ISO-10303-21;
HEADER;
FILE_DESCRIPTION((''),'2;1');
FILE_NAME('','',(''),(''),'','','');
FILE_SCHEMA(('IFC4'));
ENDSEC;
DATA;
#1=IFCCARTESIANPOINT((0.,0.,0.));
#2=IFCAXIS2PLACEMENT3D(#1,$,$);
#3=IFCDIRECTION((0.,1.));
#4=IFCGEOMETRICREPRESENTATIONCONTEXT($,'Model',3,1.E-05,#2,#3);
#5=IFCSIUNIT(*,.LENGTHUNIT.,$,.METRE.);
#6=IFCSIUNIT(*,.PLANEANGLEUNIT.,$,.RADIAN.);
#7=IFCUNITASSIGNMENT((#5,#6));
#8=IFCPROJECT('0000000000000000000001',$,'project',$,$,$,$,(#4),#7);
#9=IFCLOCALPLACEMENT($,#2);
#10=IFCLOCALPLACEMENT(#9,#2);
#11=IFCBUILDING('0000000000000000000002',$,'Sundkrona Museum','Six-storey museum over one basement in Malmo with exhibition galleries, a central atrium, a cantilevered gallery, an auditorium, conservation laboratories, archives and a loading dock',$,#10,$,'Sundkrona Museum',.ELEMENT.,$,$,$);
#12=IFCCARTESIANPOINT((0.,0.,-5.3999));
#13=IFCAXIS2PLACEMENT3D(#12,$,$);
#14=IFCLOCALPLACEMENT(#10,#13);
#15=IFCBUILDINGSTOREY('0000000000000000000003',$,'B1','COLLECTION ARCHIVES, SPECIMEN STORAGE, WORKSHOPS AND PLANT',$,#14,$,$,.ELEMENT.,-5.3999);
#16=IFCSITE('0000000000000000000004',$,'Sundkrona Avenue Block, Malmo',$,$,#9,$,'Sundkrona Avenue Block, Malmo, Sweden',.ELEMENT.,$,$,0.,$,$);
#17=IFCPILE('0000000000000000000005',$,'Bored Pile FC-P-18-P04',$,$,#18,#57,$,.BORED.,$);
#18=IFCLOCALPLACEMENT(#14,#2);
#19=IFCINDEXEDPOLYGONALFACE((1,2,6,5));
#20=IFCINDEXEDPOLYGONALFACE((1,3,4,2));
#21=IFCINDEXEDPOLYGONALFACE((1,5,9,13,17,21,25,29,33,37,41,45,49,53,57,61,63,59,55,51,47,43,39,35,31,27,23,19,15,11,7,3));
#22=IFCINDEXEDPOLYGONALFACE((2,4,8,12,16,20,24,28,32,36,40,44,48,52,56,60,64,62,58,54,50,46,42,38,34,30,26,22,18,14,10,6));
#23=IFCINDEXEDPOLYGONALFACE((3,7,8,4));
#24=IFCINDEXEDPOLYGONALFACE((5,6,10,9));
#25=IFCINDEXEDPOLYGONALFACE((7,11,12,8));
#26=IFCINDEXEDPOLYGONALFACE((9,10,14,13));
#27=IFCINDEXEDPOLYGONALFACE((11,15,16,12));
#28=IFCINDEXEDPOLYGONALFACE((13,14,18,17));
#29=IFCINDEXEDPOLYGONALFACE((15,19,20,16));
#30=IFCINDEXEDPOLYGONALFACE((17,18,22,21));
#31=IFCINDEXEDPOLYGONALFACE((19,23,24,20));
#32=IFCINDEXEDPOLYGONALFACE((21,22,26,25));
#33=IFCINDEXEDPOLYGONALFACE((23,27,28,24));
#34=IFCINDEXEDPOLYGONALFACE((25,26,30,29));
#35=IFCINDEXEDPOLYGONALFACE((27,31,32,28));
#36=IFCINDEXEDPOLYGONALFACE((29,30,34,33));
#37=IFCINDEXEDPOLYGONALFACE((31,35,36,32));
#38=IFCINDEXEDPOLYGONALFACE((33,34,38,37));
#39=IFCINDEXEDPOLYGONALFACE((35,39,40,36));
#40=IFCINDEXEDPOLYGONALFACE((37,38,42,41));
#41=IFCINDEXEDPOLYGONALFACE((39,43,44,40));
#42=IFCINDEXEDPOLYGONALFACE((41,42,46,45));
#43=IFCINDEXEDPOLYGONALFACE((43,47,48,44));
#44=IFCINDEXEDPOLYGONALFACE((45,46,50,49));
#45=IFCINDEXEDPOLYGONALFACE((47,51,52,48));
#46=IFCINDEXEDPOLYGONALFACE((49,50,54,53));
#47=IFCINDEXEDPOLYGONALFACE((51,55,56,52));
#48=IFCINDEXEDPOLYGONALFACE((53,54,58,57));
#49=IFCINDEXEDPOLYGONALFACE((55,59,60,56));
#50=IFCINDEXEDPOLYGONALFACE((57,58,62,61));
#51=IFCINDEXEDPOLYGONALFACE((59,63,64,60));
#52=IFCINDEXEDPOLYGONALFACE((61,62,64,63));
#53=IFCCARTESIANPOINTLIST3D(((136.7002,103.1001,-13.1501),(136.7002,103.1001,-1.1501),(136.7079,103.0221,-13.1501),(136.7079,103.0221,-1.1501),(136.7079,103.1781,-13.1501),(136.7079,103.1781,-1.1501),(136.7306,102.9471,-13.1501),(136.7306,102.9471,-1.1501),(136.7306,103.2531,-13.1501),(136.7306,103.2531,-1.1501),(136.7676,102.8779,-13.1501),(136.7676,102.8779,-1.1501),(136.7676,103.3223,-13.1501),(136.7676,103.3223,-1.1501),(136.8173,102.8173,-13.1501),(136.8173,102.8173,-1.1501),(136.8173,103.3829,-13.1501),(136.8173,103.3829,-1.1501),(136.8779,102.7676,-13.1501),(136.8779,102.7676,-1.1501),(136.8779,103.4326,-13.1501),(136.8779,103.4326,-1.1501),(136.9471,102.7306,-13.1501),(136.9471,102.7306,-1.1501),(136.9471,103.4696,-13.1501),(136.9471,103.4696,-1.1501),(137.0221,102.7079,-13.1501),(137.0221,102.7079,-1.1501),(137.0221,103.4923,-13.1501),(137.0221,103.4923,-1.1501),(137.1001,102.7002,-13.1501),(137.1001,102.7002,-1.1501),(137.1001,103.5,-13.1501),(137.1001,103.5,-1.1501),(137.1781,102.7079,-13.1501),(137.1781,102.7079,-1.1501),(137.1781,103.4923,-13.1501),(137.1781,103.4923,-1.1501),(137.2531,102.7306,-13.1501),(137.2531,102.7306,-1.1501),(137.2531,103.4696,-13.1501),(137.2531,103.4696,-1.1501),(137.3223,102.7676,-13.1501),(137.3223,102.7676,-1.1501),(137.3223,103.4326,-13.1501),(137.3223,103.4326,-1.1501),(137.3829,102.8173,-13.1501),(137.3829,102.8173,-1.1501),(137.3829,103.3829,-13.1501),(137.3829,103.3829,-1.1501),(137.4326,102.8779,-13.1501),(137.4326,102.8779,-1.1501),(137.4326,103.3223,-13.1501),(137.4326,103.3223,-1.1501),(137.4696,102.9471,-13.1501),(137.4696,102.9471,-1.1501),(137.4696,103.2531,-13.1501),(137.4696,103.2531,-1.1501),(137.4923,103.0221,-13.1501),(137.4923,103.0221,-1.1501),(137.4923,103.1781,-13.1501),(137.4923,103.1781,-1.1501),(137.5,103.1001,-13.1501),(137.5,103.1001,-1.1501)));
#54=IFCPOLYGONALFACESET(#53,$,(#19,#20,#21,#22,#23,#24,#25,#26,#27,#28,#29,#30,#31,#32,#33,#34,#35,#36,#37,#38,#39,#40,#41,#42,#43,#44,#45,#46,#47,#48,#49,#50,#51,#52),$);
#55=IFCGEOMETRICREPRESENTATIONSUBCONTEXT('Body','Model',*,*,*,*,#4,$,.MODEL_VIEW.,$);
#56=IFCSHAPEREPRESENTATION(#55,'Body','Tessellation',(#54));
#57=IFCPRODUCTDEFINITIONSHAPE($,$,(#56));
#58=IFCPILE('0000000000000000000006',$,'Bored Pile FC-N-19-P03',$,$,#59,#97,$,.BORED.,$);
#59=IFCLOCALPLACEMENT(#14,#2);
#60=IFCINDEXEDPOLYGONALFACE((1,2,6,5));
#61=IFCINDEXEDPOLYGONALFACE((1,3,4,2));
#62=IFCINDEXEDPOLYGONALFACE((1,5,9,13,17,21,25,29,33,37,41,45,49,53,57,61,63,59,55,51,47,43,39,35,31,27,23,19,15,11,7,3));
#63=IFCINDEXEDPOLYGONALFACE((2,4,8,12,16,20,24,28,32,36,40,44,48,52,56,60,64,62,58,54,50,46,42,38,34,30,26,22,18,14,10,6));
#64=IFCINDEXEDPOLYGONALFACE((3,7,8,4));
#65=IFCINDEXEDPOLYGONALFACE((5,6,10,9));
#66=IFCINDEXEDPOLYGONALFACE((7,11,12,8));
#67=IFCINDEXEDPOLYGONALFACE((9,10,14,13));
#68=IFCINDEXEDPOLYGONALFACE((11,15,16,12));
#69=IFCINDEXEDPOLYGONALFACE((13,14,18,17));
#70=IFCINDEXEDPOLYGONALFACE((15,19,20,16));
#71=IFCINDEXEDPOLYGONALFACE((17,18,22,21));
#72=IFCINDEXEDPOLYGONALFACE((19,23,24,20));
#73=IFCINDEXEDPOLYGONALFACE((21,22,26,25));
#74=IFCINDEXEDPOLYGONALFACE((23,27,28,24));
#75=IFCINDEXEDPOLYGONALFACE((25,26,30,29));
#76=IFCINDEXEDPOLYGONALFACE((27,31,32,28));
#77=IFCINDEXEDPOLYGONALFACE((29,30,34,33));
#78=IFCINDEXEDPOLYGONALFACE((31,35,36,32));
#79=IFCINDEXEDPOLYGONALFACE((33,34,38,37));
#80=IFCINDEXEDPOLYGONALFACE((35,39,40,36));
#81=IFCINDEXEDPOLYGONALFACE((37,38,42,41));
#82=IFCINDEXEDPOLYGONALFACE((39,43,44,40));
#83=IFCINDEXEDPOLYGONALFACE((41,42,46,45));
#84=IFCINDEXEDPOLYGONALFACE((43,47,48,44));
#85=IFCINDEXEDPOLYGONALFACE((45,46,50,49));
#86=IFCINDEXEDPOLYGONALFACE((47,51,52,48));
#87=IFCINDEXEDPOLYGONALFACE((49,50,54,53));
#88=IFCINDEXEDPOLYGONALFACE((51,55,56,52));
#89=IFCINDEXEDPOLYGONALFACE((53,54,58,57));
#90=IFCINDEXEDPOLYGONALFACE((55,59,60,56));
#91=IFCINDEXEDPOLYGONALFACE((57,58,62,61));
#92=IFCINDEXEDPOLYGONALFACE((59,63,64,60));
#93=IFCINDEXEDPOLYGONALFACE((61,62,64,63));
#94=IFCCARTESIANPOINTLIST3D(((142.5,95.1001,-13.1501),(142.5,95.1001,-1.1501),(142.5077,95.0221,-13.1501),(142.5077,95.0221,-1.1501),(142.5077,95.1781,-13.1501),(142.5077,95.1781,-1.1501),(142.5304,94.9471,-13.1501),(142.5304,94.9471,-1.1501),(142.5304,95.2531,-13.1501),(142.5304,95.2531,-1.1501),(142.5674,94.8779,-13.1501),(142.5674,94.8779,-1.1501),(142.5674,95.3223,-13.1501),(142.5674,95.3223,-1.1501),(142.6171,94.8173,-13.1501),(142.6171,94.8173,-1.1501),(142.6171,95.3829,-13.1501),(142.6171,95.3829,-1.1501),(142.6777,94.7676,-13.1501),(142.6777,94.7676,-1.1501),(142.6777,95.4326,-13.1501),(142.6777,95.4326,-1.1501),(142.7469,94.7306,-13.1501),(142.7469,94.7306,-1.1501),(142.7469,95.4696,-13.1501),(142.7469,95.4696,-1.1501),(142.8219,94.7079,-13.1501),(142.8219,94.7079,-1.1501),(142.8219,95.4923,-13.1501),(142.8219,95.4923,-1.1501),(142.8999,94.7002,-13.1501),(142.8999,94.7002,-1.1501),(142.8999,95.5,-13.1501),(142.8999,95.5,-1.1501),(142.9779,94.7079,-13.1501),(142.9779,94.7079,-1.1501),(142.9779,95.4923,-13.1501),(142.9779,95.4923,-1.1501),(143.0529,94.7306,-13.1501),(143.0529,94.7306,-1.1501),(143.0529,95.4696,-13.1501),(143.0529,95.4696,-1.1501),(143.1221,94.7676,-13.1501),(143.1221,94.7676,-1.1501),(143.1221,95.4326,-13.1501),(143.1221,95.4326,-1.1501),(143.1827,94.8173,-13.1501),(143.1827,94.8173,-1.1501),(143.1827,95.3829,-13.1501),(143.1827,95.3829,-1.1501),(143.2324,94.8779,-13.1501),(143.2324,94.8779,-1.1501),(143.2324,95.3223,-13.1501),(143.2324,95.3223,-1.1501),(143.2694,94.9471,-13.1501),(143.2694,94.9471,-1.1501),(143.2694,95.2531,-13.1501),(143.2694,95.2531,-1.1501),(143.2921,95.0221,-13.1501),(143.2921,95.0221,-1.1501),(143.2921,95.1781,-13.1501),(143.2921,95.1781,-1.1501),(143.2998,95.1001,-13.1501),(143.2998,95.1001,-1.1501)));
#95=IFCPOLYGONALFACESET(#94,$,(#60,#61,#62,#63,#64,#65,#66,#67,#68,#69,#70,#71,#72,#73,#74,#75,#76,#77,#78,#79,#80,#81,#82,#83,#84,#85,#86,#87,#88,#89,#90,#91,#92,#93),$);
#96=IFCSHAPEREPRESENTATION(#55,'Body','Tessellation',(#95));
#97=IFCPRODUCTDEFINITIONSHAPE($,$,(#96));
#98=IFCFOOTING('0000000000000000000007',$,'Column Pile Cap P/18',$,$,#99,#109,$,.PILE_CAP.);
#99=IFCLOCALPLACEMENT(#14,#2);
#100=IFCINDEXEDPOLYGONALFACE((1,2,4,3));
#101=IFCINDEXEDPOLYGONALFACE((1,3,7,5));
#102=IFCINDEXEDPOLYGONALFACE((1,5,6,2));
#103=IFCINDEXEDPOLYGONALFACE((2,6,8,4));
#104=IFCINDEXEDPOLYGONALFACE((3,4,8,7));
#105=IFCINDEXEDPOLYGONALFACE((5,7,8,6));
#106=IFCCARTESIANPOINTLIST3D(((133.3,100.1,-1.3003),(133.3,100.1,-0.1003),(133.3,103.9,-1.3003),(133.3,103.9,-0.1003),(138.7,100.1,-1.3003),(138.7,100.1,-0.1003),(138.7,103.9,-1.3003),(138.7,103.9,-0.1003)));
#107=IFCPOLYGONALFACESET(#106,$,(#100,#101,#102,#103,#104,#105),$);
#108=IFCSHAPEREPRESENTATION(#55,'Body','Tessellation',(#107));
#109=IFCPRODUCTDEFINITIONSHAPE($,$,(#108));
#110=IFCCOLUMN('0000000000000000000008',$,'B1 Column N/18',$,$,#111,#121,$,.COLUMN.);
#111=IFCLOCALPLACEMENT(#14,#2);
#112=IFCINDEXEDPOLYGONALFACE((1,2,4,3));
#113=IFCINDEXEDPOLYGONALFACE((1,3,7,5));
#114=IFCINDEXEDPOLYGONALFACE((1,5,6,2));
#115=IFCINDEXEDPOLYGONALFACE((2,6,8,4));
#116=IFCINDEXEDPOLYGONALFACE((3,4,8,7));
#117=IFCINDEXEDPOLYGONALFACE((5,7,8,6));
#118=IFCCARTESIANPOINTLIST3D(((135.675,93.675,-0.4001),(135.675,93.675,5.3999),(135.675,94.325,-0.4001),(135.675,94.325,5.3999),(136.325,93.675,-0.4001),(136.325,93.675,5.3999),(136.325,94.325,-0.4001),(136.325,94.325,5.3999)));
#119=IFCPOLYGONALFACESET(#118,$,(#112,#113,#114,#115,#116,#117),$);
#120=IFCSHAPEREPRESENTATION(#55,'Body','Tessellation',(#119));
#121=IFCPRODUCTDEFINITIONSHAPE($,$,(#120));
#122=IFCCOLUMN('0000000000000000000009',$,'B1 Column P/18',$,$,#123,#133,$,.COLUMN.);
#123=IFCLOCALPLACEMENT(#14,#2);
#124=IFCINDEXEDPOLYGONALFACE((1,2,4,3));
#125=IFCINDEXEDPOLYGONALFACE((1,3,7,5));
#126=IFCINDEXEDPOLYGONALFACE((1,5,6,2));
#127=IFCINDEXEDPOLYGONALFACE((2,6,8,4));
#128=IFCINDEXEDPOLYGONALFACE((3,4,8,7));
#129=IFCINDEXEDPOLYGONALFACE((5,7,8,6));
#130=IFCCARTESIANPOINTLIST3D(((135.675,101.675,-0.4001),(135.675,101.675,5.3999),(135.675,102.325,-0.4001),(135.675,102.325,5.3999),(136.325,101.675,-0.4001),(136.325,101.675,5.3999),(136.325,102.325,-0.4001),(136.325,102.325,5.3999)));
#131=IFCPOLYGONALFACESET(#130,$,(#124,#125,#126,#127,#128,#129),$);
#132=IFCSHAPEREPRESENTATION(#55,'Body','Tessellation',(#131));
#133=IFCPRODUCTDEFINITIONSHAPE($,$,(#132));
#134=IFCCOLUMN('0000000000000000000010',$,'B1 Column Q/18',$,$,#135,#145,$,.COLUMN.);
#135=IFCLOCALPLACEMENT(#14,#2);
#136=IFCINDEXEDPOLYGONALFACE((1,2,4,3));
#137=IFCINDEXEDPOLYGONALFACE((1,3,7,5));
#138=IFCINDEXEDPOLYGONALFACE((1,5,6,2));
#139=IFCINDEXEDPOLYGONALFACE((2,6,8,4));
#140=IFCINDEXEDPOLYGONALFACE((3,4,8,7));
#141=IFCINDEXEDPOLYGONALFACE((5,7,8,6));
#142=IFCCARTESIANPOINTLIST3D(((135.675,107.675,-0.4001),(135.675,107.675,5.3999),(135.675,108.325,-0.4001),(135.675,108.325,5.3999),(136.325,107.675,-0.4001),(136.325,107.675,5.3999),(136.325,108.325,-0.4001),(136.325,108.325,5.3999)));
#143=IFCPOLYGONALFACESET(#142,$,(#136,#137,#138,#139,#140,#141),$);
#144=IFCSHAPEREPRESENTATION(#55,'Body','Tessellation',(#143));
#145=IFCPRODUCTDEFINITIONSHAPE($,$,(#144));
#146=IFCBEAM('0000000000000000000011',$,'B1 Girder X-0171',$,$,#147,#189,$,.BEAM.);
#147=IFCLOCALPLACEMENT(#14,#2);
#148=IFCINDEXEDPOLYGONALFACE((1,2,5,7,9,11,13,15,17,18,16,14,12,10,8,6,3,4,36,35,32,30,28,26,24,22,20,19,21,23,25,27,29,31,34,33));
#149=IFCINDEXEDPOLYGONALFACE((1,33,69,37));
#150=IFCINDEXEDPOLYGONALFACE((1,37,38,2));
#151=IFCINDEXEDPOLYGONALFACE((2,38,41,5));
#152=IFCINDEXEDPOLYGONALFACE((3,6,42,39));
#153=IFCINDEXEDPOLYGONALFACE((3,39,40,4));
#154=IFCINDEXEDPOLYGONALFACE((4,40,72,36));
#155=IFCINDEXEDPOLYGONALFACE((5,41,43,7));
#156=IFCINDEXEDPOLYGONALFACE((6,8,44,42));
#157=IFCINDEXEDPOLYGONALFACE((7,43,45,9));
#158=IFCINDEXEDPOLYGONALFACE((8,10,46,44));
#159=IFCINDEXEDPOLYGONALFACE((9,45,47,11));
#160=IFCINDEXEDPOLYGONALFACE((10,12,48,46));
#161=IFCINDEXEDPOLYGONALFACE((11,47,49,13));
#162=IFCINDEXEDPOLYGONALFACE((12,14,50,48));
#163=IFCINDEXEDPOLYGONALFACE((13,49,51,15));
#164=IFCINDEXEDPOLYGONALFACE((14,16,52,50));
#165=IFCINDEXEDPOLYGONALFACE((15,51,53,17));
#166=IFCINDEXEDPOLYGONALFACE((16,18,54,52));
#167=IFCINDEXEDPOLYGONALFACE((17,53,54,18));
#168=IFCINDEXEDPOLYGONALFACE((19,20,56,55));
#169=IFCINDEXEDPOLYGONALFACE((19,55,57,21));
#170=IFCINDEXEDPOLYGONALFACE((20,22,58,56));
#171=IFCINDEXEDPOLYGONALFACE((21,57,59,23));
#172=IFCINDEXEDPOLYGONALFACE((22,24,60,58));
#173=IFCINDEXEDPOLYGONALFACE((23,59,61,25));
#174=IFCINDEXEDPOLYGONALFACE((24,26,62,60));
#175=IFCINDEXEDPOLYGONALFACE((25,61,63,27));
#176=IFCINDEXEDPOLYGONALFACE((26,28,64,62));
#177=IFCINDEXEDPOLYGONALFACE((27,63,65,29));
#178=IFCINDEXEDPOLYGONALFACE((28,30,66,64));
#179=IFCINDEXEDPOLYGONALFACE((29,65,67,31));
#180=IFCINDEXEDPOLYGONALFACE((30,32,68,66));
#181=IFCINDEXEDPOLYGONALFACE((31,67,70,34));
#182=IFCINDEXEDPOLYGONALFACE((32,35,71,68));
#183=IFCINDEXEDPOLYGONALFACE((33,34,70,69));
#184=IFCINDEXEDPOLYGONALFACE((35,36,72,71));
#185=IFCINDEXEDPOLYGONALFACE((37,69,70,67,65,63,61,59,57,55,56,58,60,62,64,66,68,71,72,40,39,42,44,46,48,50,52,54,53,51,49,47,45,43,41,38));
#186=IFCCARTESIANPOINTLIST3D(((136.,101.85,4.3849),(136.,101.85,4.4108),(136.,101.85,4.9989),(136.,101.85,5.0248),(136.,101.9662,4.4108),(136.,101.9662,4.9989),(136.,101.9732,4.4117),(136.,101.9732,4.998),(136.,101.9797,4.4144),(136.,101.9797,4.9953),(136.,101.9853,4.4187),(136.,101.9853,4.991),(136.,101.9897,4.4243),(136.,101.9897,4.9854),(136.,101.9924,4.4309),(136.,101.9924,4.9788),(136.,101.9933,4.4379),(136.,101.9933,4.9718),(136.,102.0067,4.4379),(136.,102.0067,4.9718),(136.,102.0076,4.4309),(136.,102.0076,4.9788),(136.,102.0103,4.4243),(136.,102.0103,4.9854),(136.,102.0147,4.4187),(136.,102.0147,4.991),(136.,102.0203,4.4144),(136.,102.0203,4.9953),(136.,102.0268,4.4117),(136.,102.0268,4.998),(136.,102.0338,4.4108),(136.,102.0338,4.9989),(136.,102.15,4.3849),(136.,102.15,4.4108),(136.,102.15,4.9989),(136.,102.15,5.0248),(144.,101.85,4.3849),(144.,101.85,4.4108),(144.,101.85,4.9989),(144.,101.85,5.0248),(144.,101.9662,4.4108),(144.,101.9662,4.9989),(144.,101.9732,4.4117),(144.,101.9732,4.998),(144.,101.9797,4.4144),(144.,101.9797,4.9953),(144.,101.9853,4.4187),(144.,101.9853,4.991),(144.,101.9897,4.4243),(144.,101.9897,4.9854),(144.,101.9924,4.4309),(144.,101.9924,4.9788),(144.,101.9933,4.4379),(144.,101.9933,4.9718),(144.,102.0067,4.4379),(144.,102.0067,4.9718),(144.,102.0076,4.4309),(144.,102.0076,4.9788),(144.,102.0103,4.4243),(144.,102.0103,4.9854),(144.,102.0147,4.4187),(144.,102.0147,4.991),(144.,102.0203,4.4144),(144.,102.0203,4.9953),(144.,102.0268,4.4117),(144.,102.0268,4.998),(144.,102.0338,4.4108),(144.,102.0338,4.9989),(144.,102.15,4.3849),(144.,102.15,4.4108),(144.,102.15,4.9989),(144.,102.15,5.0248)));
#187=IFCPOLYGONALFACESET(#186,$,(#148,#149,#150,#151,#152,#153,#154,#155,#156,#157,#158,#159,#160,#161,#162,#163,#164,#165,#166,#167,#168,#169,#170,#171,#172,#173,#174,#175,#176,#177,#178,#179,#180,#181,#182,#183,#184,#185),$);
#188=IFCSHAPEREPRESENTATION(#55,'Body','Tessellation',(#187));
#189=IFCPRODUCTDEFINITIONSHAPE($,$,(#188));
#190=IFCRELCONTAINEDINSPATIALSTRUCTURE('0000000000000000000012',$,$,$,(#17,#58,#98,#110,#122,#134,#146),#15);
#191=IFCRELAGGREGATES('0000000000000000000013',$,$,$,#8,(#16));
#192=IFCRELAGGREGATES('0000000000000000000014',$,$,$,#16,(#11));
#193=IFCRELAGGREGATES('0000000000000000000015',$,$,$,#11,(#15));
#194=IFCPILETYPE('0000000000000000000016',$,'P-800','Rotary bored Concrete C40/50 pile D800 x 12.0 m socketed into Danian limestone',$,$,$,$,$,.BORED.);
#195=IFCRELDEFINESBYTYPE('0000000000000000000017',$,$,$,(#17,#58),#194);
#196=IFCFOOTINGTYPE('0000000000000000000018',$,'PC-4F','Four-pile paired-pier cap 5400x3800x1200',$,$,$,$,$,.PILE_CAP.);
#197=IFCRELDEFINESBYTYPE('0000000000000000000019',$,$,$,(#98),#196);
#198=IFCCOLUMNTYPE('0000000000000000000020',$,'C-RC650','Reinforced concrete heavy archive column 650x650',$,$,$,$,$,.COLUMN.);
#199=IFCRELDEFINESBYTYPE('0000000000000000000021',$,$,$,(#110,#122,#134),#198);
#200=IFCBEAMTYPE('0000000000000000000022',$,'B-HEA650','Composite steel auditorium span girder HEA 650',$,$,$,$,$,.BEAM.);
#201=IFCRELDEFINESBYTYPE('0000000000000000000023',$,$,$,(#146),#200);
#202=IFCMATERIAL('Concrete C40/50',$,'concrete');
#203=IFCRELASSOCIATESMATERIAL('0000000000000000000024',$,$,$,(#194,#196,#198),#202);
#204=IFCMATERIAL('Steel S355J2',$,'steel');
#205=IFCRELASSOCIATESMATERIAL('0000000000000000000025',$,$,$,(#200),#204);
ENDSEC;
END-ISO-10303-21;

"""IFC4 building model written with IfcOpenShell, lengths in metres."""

from ifc_helpers import new_model, si_unit, direction, frame, origin, origin_2d, place, context, subcontext, project, spatial, rectangle, circle, i_section, extrude, material, material_profile, profile_set, type_object, element, save


model = new_model("IFC4")

# Units and contexts
model_context = context("Model", 3, precision=1e-05, world=origin(), true_north=direction((0.0, 1.0)))
body_context = subcontext(model_context, "Body", "Model", "MODEL_VIEW")
ifc_project = project(units=[si_unit("LENGTHUNIT", "METRE"), si_unit("PLANEANGLEUNIT", "RADIAN")], contexts=[model_context])

# Site, building, storey
site_placement = place(None, origin())
site = spatial("IfcSite", under=ifc_project, at=site_placement, Name="Sundkrona Avenue Block, Malmo", LongName="Sundkrona Avenue Block, Malmo, Sweden", CompositionType="ELEMENT", RefElevation=0.0)
building_placement = place(site_placement, origin())
building = spatial("IfcBuilding", under=site, at=building_placement, Name="Sundkrona Museum", Description="Six-storey museum over one basement in Malmo with exhibition galleries, a central atrium, a cantilevered gallery, an auditorium, conservation laboratories, archives and a loading dock", LongName="Sundkrona Museum", CompositionType="ELEMENT")
storey_placement = place(building_placement, frame((0.0, 0.0, -5.3999)))
storey = spatial("IfcBuildingStorey", under=building, at=storey_placement, Name="B1", Description="COLLECTION ARCHIVES, SPECIMEN STORAGE, WORKSHOPS AND PLANT", CompositionType="ELEMENT", Elevation=-5.3999)

# Shared definitions
ifc_material_1 = material(Name="Concrete C40/50", Category="concrete")

# Piles
ifc_material_profile_1 = material_profile(ifc_material_1, circle(Radius=0.3999, at=origin_2d()), Name="PILE D800")
ifc_profile_set_1 = profile_set([ifc_material_profile_1], Name="Concrete C40/50")
pile_type = type_object("IfcPileType", Name="P-800", Description="Rotary bored Concrete C40/50 pile D800 x 12.0 m socketed into Danian limestone", PredefinedType="BORED", material=ifc_profile_set_1)
for number, where, z_axis, x_axis, name in (
    (1, (137.1001, 103.1001, -1.1501), (0.0, 0.0, -1.0), (1.0, 0.0, 0.0), "Bored Pile FC-P-18-P04"),
    (2, (142.8999, 95.1001, -1.1501), (0.0, 0.0, -1.0), (1.0, 0.0, 0.0), "Bored Pile FC-N-19-P03"),
):
    element("IfcPile", number, at=place(storey_placement, frame(where, z_axis=z_axis, x_axis=x_axis)), inside=storey, type_object=pile_type, Name=name, PredefinedType="BORED", context=body_context, shape_type="SweptSolid", body=[
        extrude(circle(Radius=0.3999, at=origin_2d()), origin(), (0.0, 0.0, 1.0), 12.0),
    ])

# Footing
footing_type_1 = type_object("IfcFootingType", Name="PC-4F", Description="Four-pile paired-pier cap 5400x3800x1200", PredefinedType="PILE_CAP", material=ifc_material_1)
footing_1_placement = place(storey_placement, frame((136.0, 102.0, -1.3003), z_axis=(0.0, 0.0, 1.0), x_axis=(1.0, 0.0, 0.0)))
element("IfcFooting", 3, at=footing_1_placement, inside=storey, type_object=footing_type_1, Name="Column Pile Cap P/18", PredefinedType="PILE_CAP", context=body_context, shape_type="SweptSolid", body=[
    extrude(rectangle(XDim=5.3999, YDim=3.8, at=origin_2d()), origin(), (0.0, 0.0, 1.0), 1.2),
])

# Columns
ifc_material_profile_2 = material_profile(ifc_material_1, rectangle(XDim=0.6499, YDim=0.6499, at=origin_2d()), Name="RC 650x650")
ifc_profile_set_2 = profile_set([ifc_material_profile_2], Name="Concrete C40/50")
column_type = type_object("IfcColumnType", Name="C-RC650", Description="Reinforced concrete heavy archive column 650x650", PredefinedType="COLUMN", material=ifc_profile_set_2)
for number, where, z_axis, x_axis, name in (
    (4, (136.0, 94.0, -0.4001), (0.0, 0.0, 1.0), (1.0, 0.0, 0.0), "B1 Column N/18"),
    (5, (136.0, 102.0, -0.4001), (0.0, 0.0, 1.0), (1.0, 0.0, 0.0), "B1 Column P/18"),
    (6, (136.0, 108.0, -0.4001), (0.0, 0.0, 1.0), (1.0, 0.0, 0.0), "B1 Column Q/18"),
):
    element("IfcColumn", number, at=place(storey_placement, frame(where, z_axis=z_axis, x_axis=x_axis)), inside=storey, type_object=column_type, Name=name, PredefinedType="COLUMN", context=body_context, shape_type="SweptSolid", body=[
        extrude(rectangle(XDim=0.6499, YDim=0.6499, at=origin_2d()), origin(), (0.0, 0.0, 1.0), 5.8),
    ])

# Beam
ifc_material_2 = material(Name="Steel S355J2", Category="steel")
ifc_material_profile_3 = material_profile(ifc_material_2, i_section(OverallWidth=0.3, OverallDepth=0.6399, WebThickness=0.0134, FlangeThickness=0.0259, FilletRadius=0.0271, at=origin_2d()), Name="HEA 650")
ifc_profile_set_3 = profile_set([ifc_material_profile_3], Name="Steel S355J2")
beam_type_1 = type_object("IfcBeamType", Name="B-HEA650", Description="Composite steel auditorium span girder HEA 650", PredefinedType="BEAM", material=ifc_profile_set_3)
beam_1_placement = place(storey_placement, frame((136.0, 102.0, 4.7048), z_axis=(1.0, 0.0, 0.0), x_axis=(0.0, 1.0, 0.0)))
element("IfcBeam", 7, at=beam_1_placement, inside=storey, type_object=beam_type_1, Name="B1 Girder X-0171", PredefinedType="BEAM", context=body_context, shape_type="SweptSolid", body=[
    extrude(i_section(OverallWidth=0.3, OverallDepth=0.6399, WebThickness=0.0134, FlangeThickness=0.0259, FilletRadius=0.0271, at=origin_2d()), origin(), (0.0, 0.0, 1.0), 8.0),
])

save(model, "model.ifc")
